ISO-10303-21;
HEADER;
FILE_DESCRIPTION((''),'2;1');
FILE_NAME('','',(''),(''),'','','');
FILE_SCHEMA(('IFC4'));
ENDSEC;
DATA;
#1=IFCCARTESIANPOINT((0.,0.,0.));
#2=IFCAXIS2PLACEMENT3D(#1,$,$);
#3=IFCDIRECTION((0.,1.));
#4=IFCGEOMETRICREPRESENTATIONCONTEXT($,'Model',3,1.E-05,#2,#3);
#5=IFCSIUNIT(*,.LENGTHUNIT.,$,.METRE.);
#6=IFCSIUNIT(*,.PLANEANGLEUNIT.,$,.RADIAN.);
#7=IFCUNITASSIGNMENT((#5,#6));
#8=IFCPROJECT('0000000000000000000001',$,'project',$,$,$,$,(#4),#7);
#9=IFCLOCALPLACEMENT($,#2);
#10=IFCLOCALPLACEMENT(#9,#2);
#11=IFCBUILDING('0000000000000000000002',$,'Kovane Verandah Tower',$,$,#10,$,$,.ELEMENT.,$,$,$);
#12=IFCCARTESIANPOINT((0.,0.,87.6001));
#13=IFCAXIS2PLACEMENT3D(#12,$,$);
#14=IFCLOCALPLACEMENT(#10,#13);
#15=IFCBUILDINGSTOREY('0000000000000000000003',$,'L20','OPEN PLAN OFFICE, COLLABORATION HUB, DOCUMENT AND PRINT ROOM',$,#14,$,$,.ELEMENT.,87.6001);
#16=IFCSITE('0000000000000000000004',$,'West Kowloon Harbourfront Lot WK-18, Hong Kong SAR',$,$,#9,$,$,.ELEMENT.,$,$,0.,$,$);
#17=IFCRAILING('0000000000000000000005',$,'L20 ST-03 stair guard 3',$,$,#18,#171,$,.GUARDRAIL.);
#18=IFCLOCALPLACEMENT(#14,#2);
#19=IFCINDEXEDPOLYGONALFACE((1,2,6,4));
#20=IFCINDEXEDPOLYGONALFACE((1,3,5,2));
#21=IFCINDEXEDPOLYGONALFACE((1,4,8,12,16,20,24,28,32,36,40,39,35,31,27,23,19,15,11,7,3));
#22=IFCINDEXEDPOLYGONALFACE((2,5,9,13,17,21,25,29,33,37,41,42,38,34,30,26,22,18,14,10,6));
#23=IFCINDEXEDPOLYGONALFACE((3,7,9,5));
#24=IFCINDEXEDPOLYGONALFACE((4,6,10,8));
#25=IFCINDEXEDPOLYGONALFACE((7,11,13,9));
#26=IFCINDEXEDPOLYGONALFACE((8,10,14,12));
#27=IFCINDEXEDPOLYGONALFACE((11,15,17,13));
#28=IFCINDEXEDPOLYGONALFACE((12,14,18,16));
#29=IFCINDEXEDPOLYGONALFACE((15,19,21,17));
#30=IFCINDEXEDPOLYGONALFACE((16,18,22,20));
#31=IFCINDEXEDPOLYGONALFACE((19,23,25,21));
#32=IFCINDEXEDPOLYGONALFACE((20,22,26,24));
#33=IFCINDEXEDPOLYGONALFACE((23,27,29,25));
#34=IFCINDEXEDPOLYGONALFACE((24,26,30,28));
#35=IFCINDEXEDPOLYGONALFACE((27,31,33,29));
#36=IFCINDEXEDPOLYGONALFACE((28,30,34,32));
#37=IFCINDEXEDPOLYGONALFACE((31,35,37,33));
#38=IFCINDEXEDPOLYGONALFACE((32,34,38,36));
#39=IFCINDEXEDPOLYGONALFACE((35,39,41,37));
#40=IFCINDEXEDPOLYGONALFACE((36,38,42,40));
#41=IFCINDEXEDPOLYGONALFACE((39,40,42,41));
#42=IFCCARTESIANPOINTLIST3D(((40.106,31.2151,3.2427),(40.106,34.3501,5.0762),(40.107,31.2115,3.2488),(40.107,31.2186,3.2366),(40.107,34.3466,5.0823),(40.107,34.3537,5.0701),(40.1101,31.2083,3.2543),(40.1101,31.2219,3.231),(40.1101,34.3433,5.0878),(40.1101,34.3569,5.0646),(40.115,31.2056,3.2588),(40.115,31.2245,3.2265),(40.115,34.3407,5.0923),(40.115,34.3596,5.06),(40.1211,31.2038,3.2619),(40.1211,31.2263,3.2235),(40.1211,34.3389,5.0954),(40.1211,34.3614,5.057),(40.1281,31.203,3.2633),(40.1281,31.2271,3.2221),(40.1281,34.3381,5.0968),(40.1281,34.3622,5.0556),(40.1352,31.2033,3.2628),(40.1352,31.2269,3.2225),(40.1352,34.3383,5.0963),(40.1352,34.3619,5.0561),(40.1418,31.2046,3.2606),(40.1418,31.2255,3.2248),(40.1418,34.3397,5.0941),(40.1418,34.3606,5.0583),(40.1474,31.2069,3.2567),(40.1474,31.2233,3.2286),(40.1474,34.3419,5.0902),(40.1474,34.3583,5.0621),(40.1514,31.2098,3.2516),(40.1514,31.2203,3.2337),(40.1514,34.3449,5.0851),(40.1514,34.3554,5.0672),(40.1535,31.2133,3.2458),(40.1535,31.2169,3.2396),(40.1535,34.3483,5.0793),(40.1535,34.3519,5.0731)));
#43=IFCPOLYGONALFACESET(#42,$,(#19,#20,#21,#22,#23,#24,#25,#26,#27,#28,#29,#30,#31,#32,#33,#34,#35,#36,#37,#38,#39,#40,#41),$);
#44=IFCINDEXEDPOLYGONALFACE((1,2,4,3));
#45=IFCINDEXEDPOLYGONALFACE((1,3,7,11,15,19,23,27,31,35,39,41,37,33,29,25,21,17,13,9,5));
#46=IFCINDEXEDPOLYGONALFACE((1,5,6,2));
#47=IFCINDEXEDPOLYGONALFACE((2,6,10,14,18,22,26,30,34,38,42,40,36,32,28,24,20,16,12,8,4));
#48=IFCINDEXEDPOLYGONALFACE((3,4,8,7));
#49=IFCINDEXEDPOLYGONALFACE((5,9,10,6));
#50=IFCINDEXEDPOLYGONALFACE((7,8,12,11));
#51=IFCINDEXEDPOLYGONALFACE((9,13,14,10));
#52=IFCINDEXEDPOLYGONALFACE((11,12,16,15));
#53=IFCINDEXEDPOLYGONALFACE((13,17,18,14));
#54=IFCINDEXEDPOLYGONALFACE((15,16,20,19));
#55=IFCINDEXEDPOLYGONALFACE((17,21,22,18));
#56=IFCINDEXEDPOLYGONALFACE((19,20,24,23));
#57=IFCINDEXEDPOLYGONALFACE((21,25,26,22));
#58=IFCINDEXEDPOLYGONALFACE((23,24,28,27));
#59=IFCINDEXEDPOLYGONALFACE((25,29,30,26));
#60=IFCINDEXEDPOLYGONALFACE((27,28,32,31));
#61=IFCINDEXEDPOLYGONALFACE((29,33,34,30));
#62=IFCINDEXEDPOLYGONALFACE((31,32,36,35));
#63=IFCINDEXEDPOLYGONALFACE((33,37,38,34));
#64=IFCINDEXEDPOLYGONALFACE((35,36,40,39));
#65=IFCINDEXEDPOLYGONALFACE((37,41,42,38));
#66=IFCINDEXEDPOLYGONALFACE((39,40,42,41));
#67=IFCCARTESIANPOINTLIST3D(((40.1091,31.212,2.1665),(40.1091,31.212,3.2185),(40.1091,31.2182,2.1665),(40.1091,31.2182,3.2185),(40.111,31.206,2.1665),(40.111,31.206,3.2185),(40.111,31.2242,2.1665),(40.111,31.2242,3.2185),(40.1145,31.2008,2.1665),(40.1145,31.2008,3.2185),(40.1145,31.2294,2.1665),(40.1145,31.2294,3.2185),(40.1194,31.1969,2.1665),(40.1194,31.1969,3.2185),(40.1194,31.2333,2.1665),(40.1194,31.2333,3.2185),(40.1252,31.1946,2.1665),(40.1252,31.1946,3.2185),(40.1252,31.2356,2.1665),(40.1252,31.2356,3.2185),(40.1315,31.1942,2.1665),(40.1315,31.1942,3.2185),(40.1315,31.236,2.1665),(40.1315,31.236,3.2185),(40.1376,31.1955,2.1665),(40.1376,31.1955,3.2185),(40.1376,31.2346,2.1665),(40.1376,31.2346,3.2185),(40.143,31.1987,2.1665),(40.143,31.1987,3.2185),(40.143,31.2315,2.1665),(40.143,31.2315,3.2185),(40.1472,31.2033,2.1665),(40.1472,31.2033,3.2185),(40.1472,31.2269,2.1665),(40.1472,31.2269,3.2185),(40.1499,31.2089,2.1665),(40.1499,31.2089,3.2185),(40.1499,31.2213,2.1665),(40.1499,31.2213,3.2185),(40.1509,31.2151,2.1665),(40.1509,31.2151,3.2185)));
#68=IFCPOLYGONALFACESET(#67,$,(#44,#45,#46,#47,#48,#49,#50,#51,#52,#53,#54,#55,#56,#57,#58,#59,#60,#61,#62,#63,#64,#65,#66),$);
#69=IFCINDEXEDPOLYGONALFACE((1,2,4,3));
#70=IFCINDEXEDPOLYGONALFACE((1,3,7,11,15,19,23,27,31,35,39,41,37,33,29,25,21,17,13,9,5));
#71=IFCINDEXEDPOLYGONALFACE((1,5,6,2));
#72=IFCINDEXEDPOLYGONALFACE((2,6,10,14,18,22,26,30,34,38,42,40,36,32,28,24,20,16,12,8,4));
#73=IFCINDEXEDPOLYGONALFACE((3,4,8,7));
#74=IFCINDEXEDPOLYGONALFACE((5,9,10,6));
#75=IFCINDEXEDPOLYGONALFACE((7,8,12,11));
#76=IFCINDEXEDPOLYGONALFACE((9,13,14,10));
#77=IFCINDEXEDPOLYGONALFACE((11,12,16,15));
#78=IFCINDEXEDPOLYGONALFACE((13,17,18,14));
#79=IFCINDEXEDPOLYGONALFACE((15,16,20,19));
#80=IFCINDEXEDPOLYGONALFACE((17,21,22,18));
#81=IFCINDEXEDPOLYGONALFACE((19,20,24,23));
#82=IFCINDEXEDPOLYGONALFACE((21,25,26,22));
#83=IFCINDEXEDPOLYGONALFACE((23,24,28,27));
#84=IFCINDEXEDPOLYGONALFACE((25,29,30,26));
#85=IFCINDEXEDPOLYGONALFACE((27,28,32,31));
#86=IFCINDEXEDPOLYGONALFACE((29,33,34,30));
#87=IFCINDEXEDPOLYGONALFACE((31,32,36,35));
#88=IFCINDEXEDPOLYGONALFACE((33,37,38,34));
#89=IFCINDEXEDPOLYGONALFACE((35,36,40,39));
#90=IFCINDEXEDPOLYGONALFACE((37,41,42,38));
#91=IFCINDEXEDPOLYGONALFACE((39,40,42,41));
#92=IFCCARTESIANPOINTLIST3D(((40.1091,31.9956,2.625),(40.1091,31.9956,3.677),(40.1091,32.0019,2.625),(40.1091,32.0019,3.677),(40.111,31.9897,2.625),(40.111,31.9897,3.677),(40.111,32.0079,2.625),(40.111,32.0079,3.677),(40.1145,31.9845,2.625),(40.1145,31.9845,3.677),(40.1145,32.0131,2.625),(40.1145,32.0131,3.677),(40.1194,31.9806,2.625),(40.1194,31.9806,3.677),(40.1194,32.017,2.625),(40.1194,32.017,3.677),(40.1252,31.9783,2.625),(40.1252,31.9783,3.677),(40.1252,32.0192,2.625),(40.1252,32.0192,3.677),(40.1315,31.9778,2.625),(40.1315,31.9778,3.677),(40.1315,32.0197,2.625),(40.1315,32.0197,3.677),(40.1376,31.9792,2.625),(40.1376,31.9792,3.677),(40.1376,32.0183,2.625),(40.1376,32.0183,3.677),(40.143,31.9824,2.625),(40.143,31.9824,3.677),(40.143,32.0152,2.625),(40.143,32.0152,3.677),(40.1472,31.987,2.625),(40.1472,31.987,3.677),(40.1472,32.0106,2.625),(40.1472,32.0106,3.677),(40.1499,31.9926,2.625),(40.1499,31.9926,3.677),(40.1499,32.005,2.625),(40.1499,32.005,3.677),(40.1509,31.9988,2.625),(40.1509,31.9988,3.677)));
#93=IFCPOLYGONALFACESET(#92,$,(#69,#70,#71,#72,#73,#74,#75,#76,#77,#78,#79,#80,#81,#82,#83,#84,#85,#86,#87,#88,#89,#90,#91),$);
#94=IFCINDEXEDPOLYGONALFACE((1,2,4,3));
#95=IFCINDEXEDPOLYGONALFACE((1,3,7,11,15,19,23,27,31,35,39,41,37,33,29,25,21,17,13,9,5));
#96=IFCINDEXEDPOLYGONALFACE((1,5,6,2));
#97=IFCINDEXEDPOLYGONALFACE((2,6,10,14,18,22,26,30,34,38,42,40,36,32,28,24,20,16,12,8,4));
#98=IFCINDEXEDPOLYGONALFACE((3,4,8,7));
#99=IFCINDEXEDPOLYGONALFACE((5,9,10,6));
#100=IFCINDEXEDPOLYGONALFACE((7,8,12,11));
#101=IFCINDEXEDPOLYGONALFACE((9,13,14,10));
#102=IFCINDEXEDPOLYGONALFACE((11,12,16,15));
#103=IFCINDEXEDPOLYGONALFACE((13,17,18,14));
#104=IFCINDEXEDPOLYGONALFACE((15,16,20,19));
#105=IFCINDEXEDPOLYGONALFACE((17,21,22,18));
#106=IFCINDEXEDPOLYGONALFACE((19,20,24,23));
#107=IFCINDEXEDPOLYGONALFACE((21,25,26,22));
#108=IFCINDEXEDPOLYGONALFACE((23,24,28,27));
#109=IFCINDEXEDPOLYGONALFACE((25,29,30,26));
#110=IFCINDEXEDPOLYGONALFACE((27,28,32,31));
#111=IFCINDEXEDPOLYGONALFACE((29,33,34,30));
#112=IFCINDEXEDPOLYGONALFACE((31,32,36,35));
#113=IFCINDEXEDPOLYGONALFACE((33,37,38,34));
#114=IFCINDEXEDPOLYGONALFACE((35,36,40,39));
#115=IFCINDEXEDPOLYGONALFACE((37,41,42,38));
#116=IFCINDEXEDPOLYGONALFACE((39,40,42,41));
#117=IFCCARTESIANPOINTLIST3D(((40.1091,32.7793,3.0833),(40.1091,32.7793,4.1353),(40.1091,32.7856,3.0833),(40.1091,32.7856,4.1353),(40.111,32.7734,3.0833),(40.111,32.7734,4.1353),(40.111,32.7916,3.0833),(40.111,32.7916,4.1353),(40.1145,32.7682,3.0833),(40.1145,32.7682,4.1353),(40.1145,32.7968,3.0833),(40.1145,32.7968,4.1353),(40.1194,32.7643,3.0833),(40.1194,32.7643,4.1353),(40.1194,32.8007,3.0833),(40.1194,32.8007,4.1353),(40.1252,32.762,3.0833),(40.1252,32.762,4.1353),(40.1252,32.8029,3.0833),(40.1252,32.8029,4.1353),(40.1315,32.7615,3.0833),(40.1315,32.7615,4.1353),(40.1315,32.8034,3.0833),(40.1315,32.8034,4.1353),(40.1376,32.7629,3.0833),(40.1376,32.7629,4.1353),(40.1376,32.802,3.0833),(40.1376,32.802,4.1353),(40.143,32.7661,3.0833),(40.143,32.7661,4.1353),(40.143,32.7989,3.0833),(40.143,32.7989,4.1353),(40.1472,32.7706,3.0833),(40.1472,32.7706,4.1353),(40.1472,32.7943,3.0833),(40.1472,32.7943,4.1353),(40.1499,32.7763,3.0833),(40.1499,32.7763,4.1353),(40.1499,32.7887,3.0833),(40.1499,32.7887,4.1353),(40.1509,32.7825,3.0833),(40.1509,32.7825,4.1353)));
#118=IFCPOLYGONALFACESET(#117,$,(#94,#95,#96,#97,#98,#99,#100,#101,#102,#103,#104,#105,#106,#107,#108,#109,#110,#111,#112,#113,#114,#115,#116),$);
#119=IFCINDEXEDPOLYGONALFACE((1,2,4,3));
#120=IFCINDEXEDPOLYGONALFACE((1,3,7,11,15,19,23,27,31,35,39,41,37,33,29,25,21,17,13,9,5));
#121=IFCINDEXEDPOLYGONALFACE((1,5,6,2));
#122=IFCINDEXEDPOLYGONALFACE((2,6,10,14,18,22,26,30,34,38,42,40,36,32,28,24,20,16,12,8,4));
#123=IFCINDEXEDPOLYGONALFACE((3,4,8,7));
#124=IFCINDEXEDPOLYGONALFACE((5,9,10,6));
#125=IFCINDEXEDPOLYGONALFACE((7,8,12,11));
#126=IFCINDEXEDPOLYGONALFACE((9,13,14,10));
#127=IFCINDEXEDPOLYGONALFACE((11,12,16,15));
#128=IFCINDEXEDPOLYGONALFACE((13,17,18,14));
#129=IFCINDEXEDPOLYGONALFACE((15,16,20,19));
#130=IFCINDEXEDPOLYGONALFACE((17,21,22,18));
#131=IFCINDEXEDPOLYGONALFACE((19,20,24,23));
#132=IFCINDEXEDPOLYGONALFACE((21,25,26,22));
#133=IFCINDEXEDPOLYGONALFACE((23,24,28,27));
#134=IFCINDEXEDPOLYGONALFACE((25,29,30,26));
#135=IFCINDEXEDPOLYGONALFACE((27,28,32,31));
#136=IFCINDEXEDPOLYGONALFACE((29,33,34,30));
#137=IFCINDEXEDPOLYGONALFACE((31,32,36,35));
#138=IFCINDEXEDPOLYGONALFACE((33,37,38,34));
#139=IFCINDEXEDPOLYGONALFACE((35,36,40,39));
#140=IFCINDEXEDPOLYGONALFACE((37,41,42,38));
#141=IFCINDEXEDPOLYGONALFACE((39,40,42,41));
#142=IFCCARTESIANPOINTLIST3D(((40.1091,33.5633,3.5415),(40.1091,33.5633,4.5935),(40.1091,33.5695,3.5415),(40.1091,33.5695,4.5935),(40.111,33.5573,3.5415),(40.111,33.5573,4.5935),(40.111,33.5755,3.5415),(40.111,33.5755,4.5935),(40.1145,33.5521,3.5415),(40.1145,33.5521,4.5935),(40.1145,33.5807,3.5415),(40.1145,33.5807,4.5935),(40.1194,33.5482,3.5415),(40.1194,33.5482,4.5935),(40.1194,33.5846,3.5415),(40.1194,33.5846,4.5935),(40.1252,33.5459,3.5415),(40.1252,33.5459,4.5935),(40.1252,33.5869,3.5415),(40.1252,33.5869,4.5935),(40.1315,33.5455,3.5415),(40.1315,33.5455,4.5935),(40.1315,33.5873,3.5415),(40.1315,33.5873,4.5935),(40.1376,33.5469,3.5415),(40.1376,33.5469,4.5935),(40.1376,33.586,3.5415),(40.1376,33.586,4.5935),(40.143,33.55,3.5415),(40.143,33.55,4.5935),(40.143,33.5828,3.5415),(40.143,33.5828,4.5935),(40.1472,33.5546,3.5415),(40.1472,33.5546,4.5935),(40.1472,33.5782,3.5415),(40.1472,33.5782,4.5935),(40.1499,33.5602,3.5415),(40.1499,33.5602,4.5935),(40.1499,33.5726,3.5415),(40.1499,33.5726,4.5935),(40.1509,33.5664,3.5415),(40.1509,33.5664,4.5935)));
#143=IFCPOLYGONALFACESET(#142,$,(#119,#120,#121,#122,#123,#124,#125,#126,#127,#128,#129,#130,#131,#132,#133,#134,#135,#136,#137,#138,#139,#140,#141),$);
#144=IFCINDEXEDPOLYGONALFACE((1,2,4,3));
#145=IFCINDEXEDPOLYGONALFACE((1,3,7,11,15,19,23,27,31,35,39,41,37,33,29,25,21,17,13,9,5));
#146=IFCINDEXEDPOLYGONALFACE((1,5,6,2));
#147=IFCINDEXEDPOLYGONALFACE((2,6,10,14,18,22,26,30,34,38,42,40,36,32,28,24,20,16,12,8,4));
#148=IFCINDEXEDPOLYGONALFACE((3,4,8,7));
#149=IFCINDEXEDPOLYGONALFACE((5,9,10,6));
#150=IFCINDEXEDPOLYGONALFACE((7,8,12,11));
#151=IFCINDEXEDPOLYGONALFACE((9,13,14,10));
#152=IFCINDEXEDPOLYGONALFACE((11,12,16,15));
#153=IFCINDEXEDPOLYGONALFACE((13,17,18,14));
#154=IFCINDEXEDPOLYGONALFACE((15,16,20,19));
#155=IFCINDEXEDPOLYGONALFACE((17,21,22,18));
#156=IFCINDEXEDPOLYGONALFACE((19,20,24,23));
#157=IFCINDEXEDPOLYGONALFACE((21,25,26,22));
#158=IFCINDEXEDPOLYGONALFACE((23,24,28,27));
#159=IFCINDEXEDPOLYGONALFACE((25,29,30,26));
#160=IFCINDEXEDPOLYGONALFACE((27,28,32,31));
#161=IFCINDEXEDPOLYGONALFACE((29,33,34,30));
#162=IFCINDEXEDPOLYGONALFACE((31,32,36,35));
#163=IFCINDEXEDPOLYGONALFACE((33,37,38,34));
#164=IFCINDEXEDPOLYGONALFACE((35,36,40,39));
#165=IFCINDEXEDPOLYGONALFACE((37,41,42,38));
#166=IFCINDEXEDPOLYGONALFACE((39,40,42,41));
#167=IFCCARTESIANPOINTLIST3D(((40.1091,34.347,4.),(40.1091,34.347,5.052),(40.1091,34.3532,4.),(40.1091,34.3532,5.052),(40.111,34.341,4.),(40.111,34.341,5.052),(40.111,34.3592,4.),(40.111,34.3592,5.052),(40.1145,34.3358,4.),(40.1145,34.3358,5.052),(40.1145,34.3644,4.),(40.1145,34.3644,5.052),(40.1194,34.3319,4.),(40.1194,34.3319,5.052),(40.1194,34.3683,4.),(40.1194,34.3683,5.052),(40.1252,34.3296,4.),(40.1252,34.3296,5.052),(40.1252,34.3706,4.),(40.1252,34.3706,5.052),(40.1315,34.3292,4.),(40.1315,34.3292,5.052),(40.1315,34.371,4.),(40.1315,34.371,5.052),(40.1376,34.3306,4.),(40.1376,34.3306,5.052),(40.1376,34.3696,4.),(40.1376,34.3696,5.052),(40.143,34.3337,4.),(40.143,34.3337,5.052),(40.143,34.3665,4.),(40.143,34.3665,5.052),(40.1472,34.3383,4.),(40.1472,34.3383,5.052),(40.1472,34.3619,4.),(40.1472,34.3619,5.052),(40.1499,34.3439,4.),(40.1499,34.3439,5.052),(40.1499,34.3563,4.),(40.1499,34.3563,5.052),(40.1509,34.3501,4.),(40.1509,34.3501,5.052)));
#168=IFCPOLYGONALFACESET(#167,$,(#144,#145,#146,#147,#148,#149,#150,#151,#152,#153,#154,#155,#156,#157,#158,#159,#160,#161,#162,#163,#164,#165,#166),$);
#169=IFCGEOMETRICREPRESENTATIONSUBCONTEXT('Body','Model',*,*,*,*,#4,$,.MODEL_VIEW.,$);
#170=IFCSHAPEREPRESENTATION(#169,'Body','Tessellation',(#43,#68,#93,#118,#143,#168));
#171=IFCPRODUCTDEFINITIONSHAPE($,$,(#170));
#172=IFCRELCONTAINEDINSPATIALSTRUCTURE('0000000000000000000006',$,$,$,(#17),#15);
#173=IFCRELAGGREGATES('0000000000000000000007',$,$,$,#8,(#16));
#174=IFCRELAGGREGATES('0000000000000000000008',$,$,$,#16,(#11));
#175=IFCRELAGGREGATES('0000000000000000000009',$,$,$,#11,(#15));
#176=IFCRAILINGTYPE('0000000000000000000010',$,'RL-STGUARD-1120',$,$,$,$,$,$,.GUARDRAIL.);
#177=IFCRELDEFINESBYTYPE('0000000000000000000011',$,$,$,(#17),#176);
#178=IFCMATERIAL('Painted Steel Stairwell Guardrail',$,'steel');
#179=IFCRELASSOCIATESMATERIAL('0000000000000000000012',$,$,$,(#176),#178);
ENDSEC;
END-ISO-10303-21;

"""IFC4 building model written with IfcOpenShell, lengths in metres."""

from ifc_helpers import new_model, si_unit, direction, frame, origin, origin_2d, place, context, subcontext, project, spatial, circle, extrude, material, type_object, element, save


model = new_model("IFC4")

# Units and contexts
model_context = context("Model", 3, precision=1e-05, world=origin(), true_north=direction((0.0, 1.0)))
body_context = subcontext(model_context, "Body", "Model", "MODEL_VIEW")
ifc_project = project(units=[si_unit("LENGTHUNIT", "METRE"), si_unit("PLANEANGLEUNIT", "RADIAN")], contexts=[model_context])

# Site, building, storey
site_placement = place(None, origin())
site = spatial("IfcSite", under=ifc_project, at=site_placement, Name="West Kowloon Harbourfront Lot WK-18, Hong Kong SAR", CompositionType="ELEMENT", RefElevation=0.0)
building_placement = place(site_placement, origin())
building = spatial("IfcBuilding", under=site, at=building_placement, Name="Kovane Verandah Tower", CompositionType="ELEMENT")
storey_placement = place(building_placement, frame((0.0, 0.0, 87.6001)))
storey = spatial("IfcBuildingStorey", under=building, at=storey_placement, Name="L20", Description="OPEN PLAN OFFICE, COLLABORATION HUB, DOCUMENT AND PRINT ROOM", CompositionType="ELEMENT", Elevation=87.6001)

# Railing
ifc_material_1 = material(Name="Painted Steel Stairwell Guardrail", Category="steel")
railing_type_1 = type_object("IfcRailingType", Name="RL-STGUARD-1120", PredefinedType="GUARDRAIL", material=ifc_material_1)
railing_1_placement = place(storey_placement, frame((40.1299, 31.2151, 2.1665)))
element("IfcRailing", 1, at=railing_1_placement, inside=storey, type_object=railing_type_1, Name="L20 ST-03 stair guard 3", PredefinedType="GUARDRAIL", context=body_context, shape_type="SweptSolid", body=[
    extrude(circle(Radius=0.0239, at=origin_2d()), frame((0.0, 0.0, 1.0762), z_axis=(0.0, 0.86321, 0.504845), x_axis=(-1.0, 0.0, 0.0)), (0.0, 0.0, 1.0), 3.6318),
    extrude(circle(Radius=0.021, at=origin_2d()), origin(), (0.0, 0.0, 1.0), 1.052),
    extrude(circle(Radius=0.021, at=origin_2d()), frame((0.0, 0.7837, 0.4585)), (0.0, 0.0, 1.0), 1.052),
    extrude(circle(Radius=0.021, at=origin_2d()), frame((0.0, 1.5674, 0.9167)), (0.0, 0.0, 1.0), 1.052),
    extrude(circle(Radius=0.021, at=origin_2d()), frame((0.0, 2.3513, 1.375)), (0.0, 0.0, 1.0), 1.052),
    extrude(circle(Radius=0.021, at=origin_2d()), frame((0.0, 3.135, 1.8335)), (0.0, 0.0, 1.0), 1.052),
])

save(model, "model.ifc")
